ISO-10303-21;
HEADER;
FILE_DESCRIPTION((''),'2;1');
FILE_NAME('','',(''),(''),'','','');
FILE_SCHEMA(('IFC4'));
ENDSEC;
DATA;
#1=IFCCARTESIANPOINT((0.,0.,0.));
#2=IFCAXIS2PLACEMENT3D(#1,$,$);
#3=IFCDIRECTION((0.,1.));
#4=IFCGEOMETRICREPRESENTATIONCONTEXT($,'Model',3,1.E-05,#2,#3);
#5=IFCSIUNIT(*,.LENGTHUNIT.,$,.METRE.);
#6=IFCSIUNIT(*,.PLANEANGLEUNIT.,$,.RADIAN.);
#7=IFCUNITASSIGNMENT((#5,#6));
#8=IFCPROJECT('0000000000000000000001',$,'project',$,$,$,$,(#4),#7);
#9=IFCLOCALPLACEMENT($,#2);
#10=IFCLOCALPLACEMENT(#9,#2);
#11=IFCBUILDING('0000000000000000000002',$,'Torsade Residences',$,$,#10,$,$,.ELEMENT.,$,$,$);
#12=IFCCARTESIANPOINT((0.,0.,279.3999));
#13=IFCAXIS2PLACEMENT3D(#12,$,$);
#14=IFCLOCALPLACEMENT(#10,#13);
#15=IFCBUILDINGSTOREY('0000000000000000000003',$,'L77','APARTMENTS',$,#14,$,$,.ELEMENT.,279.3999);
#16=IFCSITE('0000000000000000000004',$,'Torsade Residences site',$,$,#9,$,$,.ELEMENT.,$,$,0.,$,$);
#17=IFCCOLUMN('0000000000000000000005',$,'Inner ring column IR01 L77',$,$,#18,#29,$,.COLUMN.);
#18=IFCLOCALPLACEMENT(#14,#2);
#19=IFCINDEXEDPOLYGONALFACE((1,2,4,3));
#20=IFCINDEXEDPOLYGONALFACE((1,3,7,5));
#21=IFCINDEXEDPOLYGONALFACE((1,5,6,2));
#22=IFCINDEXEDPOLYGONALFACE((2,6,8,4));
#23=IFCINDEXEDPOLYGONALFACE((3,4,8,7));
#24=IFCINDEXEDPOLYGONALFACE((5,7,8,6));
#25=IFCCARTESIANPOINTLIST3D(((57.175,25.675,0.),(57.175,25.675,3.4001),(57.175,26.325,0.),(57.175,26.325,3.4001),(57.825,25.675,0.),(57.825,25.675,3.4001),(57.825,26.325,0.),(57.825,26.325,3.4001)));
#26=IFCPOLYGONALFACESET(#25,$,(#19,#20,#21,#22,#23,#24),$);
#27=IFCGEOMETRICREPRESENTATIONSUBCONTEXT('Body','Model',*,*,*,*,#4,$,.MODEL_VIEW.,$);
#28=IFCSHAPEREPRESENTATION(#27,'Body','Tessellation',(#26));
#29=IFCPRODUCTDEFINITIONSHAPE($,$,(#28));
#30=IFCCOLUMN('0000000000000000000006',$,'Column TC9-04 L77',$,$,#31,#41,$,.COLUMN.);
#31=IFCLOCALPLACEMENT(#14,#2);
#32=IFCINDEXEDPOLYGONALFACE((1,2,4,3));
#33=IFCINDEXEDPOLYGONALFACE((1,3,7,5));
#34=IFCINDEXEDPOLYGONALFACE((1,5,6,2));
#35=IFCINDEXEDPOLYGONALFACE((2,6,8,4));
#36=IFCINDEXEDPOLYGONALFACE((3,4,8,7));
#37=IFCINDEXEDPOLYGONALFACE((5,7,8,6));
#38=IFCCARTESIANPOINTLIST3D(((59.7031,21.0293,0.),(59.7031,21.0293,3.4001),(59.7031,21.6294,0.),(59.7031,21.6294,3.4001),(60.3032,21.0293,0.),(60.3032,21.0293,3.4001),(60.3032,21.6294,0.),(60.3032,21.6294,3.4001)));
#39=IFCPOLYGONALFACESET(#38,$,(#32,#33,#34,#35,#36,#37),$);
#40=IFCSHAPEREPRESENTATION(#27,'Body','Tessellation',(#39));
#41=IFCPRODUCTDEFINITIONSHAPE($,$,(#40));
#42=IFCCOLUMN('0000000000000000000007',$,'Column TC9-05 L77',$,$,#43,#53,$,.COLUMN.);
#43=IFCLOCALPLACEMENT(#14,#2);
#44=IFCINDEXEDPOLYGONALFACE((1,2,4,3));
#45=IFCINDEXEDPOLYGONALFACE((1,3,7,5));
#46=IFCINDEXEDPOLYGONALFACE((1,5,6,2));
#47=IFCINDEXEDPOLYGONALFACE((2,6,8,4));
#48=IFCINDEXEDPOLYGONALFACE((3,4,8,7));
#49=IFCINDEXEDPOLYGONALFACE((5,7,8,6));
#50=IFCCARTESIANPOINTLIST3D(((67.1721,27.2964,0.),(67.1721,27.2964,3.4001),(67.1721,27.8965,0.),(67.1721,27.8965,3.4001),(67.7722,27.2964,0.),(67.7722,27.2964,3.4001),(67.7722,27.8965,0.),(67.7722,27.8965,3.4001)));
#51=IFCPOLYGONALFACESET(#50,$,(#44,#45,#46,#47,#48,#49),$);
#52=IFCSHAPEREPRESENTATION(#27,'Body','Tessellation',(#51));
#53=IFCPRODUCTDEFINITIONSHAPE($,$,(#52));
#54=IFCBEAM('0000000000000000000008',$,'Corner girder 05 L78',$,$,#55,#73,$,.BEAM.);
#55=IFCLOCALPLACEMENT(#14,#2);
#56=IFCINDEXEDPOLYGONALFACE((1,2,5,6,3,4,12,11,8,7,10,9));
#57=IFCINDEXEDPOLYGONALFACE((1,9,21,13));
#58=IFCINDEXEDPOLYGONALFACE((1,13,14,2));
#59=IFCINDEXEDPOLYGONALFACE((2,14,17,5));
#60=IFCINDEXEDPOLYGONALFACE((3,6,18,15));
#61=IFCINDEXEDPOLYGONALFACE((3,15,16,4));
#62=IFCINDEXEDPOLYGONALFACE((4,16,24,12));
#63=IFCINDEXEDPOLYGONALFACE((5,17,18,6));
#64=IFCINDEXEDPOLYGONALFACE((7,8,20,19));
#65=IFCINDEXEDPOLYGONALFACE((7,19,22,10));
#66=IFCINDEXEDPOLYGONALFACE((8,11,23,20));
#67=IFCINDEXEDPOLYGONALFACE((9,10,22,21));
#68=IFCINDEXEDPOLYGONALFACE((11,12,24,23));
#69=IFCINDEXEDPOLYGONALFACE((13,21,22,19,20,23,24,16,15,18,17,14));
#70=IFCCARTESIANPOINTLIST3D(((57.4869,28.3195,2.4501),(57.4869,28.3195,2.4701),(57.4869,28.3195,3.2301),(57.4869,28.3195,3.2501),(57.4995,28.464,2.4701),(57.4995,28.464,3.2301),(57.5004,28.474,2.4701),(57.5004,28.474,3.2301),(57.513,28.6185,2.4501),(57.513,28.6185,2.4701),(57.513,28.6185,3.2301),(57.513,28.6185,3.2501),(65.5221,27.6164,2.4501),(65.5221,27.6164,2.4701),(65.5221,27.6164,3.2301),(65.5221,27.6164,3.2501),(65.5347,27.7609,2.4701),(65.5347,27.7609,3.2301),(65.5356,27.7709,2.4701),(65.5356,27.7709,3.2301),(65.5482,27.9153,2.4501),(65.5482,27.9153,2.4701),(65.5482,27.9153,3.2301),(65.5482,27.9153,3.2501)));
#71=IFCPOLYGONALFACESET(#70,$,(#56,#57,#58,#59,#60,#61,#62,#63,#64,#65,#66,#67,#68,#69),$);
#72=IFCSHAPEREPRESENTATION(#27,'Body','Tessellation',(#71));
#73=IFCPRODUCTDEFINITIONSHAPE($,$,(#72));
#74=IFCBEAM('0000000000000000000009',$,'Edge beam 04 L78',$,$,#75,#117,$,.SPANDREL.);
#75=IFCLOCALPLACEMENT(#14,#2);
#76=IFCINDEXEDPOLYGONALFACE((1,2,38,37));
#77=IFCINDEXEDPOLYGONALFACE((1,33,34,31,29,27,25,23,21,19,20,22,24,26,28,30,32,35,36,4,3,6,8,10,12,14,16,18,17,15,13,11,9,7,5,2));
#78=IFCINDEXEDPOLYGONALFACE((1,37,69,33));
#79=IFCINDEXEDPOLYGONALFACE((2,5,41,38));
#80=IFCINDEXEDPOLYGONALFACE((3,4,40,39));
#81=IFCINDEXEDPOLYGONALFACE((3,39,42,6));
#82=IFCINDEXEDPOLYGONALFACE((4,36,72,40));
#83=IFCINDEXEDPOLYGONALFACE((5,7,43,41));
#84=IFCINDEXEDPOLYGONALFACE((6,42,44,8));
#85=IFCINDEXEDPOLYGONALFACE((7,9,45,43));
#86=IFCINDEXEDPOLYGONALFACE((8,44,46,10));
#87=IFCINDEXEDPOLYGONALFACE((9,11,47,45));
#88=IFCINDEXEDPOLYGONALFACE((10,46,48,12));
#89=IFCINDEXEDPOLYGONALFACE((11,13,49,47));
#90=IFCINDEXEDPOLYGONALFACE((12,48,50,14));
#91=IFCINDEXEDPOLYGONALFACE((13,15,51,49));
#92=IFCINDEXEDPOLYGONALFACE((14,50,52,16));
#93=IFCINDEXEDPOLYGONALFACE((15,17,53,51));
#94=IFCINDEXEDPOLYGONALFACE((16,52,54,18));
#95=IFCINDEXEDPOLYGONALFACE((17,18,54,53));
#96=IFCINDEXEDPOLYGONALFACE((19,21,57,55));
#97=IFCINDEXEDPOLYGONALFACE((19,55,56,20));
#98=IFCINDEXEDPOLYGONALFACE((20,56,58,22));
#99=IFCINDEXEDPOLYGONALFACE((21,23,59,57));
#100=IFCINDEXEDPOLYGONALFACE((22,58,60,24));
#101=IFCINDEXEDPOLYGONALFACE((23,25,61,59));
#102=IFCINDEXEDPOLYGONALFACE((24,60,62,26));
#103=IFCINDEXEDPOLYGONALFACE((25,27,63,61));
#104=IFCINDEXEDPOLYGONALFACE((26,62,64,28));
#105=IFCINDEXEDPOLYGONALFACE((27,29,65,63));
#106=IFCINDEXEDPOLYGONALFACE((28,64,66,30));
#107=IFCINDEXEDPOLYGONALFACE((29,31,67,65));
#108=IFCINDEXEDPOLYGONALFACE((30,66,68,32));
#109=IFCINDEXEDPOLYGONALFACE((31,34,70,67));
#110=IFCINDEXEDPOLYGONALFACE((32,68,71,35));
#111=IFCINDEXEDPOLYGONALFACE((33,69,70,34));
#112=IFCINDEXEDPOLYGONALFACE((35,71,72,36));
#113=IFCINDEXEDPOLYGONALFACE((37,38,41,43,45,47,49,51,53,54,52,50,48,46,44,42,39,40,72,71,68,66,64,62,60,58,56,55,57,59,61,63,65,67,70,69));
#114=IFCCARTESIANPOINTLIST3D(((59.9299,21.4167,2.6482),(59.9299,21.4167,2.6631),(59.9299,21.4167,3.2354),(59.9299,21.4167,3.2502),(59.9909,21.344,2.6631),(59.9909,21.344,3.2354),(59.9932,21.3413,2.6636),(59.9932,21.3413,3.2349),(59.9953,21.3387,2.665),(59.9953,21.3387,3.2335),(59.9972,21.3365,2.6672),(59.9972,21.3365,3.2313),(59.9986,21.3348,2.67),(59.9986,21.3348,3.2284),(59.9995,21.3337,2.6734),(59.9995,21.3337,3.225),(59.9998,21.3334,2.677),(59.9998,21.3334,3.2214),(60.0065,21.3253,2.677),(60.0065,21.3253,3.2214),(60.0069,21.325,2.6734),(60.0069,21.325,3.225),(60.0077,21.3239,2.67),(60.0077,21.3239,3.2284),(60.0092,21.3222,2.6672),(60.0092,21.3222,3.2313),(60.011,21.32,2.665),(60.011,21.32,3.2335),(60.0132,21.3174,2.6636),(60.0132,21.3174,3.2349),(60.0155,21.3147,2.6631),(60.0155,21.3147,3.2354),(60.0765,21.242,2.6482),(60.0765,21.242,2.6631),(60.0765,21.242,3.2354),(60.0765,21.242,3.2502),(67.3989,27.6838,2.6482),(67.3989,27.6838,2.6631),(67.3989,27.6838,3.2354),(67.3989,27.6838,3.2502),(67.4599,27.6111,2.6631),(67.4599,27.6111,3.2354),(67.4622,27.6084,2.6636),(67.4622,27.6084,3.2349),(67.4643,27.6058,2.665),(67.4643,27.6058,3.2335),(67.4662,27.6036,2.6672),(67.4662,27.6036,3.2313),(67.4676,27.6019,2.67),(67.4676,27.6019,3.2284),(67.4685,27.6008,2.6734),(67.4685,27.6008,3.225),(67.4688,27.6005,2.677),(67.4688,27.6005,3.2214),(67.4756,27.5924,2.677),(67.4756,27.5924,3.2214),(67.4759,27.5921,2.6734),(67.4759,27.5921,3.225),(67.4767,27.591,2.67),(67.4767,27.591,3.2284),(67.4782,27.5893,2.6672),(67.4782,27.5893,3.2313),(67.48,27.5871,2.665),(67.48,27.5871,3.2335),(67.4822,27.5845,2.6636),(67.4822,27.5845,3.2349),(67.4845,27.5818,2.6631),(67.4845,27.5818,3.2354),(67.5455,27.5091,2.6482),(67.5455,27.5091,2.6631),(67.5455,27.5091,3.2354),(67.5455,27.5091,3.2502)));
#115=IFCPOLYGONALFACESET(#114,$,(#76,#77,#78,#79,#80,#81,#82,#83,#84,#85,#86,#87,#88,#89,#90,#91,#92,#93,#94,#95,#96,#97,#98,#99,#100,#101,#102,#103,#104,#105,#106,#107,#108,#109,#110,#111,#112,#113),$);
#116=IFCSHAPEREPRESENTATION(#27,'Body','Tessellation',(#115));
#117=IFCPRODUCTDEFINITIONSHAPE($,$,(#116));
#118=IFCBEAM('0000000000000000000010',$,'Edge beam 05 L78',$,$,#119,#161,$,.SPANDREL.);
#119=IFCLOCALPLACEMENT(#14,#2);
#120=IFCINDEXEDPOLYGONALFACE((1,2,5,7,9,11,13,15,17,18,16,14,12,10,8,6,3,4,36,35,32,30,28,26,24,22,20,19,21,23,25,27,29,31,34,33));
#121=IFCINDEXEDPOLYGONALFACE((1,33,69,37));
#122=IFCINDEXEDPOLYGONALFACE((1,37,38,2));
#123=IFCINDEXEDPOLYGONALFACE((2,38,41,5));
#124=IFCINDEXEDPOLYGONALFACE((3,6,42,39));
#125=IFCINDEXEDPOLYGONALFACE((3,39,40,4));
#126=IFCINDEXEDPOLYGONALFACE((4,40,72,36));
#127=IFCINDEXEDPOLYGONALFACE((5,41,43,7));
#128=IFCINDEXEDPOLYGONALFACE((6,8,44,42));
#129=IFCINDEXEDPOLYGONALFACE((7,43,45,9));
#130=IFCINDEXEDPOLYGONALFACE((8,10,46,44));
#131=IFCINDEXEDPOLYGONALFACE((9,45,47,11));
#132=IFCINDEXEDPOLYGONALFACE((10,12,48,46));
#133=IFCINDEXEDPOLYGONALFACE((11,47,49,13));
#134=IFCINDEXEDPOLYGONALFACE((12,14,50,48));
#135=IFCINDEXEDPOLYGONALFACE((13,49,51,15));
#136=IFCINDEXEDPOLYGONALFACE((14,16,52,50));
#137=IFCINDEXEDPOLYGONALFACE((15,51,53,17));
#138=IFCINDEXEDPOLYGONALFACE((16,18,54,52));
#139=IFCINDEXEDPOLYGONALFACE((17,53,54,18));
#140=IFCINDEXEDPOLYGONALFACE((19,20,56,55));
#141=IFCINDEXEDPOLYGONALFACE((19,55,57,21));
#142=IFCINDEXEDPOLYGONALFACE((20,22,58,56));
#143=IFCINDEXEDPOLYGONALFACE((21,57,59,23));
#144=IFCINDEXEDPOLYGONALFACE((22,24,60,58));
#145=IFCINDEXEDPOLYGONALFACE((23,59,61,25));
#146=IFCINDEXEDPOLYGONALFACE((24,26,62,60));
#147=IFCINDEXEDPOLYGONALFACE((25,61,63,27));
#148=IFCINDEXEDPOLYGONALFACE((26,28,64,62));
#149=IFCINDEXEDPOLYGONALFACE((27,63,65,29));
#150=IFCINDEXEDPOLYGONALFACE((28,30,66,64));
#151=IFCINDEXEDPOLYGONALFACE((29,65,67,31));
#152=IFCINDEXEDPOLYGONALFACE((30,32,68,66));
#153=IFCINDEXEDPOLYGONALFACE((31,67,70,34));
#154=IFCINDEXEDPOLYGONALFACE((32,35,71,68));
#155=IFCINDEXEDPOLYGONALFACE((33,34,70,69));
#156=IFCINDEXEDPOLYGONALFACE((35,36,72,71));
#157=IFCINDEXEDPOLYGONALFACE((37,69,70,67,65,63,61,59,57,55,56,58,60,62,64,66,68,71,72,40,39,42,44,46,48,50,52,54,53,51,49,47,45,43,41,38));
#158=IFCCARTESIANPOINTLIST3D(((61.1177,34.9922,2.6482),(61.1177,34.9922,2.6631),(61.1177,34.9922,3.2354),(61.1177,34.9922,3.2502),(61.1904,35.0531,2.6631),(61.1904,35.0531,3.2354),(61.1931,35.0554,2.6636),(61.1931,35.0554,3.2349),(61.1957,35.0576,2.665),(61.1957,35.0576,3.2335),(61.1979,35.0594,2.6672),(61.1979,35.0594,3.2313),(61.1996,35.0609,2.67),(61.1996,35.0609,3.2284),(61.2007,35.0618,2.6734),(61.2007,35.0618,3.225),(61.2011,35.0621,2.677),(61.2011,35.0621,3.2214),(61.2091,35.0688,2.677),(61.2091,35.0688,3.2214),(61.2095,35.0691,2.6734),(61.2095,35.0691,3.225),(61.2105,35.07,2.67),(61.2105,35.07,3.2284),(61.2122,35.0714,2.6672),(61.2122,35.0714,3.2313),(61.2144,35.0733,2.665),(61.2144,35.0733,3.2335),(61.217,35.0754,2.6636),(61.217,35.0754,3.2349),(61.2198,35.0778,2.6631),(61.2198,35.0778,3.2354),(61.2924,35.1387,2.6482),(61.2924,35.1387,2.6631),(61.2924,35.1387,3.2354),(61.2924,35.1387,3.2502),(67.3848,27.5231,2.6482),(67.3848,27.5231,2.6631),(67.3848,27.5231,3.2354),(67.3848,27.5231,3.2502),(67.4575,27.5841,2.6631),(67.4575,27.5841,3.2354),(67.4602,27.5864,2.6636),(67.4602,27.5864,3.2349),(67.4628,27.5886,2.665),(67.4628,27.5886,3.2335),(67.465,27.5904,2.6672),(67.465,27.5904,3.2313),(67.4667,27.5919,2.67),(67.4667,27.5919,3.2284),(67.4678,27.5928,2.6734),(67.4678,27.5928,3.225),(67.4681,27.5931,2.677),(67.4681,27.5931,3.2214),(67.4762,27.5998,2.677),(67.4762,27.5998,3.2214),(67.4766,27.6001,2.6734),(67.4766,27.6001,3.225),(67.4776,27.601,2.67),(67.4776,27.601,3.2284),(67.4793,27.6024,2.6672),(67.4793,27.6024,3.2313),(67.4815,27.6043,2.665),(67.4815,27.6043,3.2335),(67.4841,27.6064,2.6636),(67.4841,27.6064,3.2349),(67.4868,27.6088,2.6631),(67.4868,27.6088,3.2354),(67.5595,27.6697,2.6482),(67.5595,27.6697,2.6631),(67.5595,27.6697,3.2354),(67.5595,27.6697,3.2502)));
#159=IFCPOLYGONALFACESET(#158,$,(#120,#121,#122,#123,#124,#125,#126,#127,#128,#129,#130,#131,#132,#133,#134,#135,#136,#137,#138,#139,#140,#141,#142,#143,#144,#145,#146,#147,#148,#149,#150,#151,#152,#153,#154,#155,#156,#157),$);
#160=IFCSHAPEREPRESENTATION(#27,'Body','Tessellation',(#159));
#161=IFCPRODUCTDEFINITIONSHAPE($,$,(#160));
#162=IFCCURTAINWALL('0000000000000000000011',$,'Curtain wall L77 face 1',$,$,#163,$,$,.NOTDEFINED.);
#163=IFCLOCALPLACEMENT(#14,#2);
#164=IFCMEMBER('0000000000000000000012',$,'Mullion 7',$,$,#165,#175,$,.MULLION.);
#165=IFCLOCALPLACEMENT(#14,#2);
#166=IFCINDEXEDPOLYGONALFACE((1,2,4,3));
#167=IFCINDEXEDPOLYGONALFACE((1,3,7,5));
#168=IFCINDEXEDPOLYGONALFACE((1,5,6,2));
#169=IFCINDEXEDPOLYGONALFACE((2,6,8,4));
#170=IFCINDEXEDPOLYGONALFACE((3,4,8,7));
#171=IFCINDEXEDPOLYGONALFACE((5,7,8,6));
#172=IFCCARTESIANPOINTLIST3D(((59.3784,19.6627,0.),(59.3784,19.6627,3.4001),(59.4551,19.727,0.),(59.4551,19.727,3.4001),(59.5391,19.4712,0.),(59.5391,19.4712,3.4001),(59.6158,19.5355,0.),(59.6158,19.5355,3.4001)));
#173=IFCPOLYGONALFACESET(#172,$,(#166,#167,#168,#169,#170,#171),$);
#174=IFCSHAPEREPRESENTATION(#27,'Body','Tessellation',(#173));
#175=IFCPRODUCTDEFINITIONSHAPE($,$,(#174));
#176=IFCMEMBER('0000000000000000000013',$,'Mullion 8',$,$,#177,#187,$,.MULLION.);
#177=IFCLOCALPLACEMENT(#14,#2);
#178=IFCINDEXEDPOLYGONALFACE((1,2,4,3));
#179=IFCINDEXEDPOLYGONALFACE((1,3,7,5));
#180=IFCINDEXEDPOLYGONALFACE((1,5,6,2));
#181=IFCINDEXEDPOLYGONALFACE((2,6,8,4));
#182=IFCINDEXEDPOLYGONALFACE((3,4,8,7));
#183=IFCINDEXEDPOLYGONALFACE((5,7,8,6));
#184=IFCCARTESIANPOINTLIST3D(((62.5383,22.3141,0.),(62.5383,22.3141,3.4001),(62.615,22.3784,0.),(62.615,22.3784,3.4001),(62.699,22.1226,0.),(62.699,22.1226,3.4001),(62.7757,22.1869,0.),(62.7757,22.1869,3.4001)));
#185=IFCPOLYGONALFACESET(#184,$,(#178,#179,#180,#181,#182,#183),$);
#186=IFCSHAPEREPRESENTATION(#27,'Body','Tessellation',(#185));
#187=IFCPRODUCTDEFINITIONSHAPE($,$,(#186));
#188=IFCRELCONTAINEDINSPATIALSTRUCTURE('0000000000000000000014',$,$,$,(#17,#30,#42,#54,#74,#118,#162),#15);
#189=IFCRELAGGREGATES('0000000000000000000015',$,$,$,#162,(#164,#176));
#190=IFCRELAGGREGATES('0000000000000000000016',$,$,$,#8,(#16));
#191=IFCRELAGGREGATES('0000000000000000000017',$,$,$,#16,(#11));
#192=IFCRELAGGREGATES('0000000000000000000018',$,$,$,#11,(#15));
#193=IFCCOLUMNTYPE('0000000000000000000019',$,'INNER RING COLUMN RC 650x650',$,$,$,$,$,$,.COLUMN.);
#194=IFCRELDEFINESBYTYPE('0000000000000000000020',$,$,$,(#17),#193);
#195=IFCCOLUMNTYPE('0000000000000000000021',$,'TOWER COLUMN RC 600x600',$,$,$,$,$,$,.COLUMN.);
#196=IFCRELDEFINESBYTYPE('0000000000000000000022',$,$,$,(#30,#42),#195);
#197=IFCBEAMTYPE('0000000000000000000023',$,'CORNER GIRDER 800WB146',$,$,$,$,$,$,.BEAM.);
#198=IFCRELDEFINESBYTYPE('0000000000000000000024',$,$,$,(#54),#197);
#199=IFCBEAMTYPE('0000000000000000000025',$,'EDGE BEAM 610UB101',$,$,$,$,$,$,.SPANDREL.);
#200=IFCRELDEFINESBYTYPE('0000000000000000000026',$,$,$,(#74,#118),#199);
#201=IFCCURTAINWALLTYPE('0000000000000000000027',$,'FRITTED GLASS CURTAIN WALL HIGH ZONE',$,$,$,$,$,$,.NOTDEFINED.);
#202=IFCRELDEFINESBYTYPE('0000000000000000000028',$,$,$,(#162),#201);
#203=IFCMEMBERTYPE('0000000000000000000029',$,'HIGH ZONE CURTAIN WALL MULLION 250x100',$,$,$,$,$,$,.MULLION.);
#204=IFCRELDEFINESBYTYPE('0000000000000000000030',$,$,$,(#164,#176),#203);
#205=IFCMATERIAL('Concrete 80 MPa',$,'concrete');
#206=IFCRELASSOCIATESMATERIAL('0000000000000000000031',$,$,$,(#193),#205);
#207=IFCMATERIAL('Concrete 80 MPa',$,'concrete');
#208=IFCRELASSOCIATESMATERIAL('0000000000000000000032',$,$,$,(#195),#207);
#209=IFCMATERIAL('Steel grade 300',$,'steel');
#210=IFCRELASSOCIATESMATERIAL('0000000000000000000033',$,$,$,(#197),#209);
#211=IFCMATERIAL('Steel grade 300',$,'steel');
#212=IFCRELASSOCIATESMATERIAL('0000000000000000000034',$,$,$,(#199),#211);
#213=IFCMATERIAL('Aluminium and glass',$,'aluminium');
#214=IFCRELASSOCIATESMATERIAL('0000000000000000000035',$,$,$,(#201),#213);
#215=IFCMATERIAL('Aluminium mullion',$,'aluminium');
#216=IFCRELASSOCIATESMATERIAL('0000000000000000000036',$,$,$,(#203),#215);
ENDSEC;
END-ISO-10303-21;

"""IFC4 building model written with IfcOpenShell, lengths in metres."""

from ifc_helpers import new_model, si_unit, direction, frame, origin, origin_2d, place, context, subcontext, project, spatial, rectangle, i_section, extrude, material, material_profile, profile_set, type_object, element, aggregate, save


model = new_model("IFC4")

# Units and contexts
model_context = context("Model", 3, precision=1e-05, world=origin(), true_north=direction((0.0, 1.0)))
body_context = subcontext(model_context, "Body", "Model", "MODEL_VIEW")
ifc_project = project(units=[si_unit("LENGTHUNIT", "METRE"), si_unit("PLANEANGLEUNIT", "RADIAN")], contexts=[model_context])

# Site, building, storey
site_placement = place(None, origin())
site = spatial("IfcSite", under=ifc_project, at=site_placement, Name="Torsade Residences site", CompositionType="ELEMENT", RefElevation=0.0)
building_placement = place(site_placement, origin())
building = spatial("IfcBuilding", under=site, at=building_placement, Name="Torsade Residences", CompositionType="ELEMENT")
storey_placement = place(building_placement, frame((0.0, 0.0, 279.3999)))
storey = spatial("IfcBuildingStorey", under=building, at=storey_placement, Name="L77", Description="APARTMENTS", CompositionType="ELEMENT", Elevation=279.3999)

# Columns
ifc_material_1 = material(Name="Concrete 80 MPa", Category="concrete")
ifc_material_profile_1 = material_profile(ifc_material_1, rectangle(XDim=0.6499, YDim=0.6499, at=origin_2d()), Name="RC 650x650")
ifc_profile_set_1 = profile_set([ifc_material_profile_1], Name="Concrete 80 MPa")
column_type_1 = type_object("IfcColumnType", Name="INNER RING COLUMN RC 650x650", PredefinedType="COLUMN", material=ifc_profile_set_1)
column_placement = place(storey_placement, frame((57.5, 26.0, 0.0), z_axis=(0.0, 0.0, 1.0), x_axis=(1.0, 0.0, 0.0)))
element("IfcColumn", 1, at=column_placement, inside=storey, type_object=column_type_1, Name="Inner ring column IR01 L77", PredefinedType="COLUMN", context=body_context, shape_type="SweptSolid", body=[
    extrude(rectangle(XDim=0.6499, YDim=0.6499, at=origin_2d()), origin(), (0.0, 0.0, 1.0), 3.4001),
])
ifc_material_2 = material(Name="Concrete 80 MPa", Category="concrete")
ifc_material_profile_2 = material_profile(ifc_material_2, rectangle(XDim=0.6001, YDim=0.6001, at=origin_2d()), Name="RC 600x600")
ifc_profile_set_2 = profile_set([ifc_material_profile_2], Name="Concrete 80 MPa")
column_type_2 = type_object("IfcColumnType", Name="TOWER COLUMN RC 600x600", PredefinedType="COLUMN", material=ifc_profile_set_2)
for number, where, z_axis, x_axis, name in (
    (2, (60.0032, 21.3293, 0.0), (0.0, 0.0, 1.0), (1.0, 0.0, 0.0), "Column TC9-04 L77"),
    (3, (67.4722, 27.5964, 0.0), (0.0, 0.0, 1.0), (1.0, 0.0, 0.0), "Column TC9-05 L77"),
):
    element("IfcColumn", number, at=place(storey_placement, frame(where, z_axis=z_axis, x_axis=x_axis)), inside=storey, type_object=column_type_2, Name=name, PredefinedType="COLUMN", context=body_context, shape_type="SweptSolid", body=[
        extrude(rectangle(XDim=0.6001, YDim=0.6001, at=origin_2d()), origin(), (0.0, 0.0, 1.0), 3.4001),
    ])

# Beams
ifc_material_3 = material(Name="Steel grade 300", Category="steel")
ifc_material_profile_3 = material_profile(ifc_material_3, i_section(OverallWidth=0.3, OverallDepth=0.8, WebThickness=0.01, FlangeThickness=0.02, at=origin_2d()), Name="800WB146")
ifc_profile_set_3 = profile_set([ifc_material_profile_3], Name="Steel grade 300")
beam_type_1 = type_object("IfcBeamType", Name="CORNER GIRDER 800WB146", PredefinedType="BEAM", material=ifc_profile_set_3)
beam_1_placement = place(storey_placement, frame((65.5352, 27.7659, 2.8501), z_axis=(-0.996193, 0.087173, 0.0), x_axis=(-0.087173, -0.996193, 0.0)))
element("IfcBeam", 4, at=beam_1_placement, inside=storey, type_object=beam_type_1, Name="Corner girder 05 L78", PredefinedType="BEAM", context=body_context, shape_type="SweptSolid", body=[
    extrude(i_section(OverallWidth=0.3, OverallDepth=0.8, WebThickness=0.01, FlangeThickness=0.02, at=origin_2d()), origin(), (0.0, 0.0, 1.0), 8.0659),
])
ifc_material_4 = material(Name="Steel grade 300", Category="steel")
ifc_material_profile_4 = material_profile(ifc_material_4, i_section(OverallWidth=0.228, OverallDepth=0.6021, WebThickness=0.0105, FlangeThickness=0.0149, FilletRadius=0.0139, at=origin_2d()), Name="610UB101")
ifc_profile_set_4 = profile_set([ifc_material_profile_4], Name="Steel grade 300")
beam_type_2 = type_object("IfcBeamType", Name="EDGE BEAM 610UB101", PredefinedType="SPANDREL", material=ifc_profile_set_4)
for number, where, z_axis, x_axis, name in (
    (5, (60.0032, 21.3293, 2.9492), (0.766052, 0.642779, 0.0), (-0.642779, 0.766052, 0.0), "Edge beam 04 L78"),
    (6, (67.4722, 27.5964, 2.9492), (-0.642779, 0.766052, 0.0), (-0.766052, -0.642779, 0.0), "Edge beam 05 L78"),
):
    element("IfcBeam", number, at=place(storey_placement, frame(where, z_axis=z_axis, x_axis=x_axis)), inside=storey, type_object=beam_type_2, Name=name, PredefinedType="SPANDREL", context=body_context, shape_type="SweptSolid", body=[
        extrude(i_section(OverallWidth=0.228, OverallDepth=0.6021, WebThickness=0.0105, FlangeThickness=0.0149, FilletRadius=0.0139, at=origin_2d()), origin(), (0.0, 0.0, 1.0), 9.75),
    ])

# Curtain wall, members
ifc_material_5 = material(Name="Aluminium and glass", Category="aluminium")
curtain_wall_type = type_object("IfcCurtainWallType", Name="FRITTED GLASS CURTAIN WALL HIGH ZONE", PredefinedType="NOTDEFINED", material=ifc_material_5)
curtain_wall_placement = place(storey_placement, origin())
curtain_wall = element("IfcCurtainWall", 7, at=curtain_wall_placement, inside=storey, type_object=curtain_wall_type, Name="Curtain wall L77 face 1", PredefinedType="NOTDEFINED")
ifc_material_6 = material(Name="Aluminium mullion", Category="aluminium")
ifc_material_profile_5 = material_profile(ifc_material_6, rectangle(XDim=0.25, YDim=0.1001, at=origin_2d()), Name="HIGH ZONE CURTAIN WALL MULLION 250x100")
ifc_profile_set_5 = profile_set([ifc_material_profile_5], Name="Aluminium mullion")
member_type_1 = type_object("IfcMemberType", Name="HIGH ZONE CURTAIN WALL MULLION 250x100", PredefinedType="MULLION", material=ifc_profile_set_5)
member_1_placement = place(storey_placement, frame((59.4971, 19.5991, 0.0), z_axis=(0.0, 0.0, 1.0), x_axis=(-0.642788, 0.766044, 0.0)))
member_1 = element("IfcMember", 8, at=member_1_placement, type_object=member_type_1, Name="Mullion 7", PredefinedType="MULLION", context=body_context, shape_type="SweptSolid", body=[
    extrude(rectangle(XDim=0.25, YDim=0.1001, at=origin_2d()), origin(), (0.0, 0.0, 1.0), 3.4001),
])
member_2_placement = place(storey_placement, frame((62.657, 22.2505, 0.0), z_axis=(0.0, 0.0, 1.0), x_axis=(-0.642788, 0.766044, 0.0)))
member_2 = element("IfcMember", 9, at=member_2_placement, type_object=member_type_1, Name="Mullion 8", PredefinedType="MULLION", context=body_context, shape_type="SweptSolid", body=[
    extrude(rectangle(XDim=0.25, YDim=0.1001, at=origin_2d()), origin(), (0.0, 0.0, 1.0), 3.4001),
])

aggregate(curtain_wall, [member_1, member_2])

save(model, "model.ifc")
